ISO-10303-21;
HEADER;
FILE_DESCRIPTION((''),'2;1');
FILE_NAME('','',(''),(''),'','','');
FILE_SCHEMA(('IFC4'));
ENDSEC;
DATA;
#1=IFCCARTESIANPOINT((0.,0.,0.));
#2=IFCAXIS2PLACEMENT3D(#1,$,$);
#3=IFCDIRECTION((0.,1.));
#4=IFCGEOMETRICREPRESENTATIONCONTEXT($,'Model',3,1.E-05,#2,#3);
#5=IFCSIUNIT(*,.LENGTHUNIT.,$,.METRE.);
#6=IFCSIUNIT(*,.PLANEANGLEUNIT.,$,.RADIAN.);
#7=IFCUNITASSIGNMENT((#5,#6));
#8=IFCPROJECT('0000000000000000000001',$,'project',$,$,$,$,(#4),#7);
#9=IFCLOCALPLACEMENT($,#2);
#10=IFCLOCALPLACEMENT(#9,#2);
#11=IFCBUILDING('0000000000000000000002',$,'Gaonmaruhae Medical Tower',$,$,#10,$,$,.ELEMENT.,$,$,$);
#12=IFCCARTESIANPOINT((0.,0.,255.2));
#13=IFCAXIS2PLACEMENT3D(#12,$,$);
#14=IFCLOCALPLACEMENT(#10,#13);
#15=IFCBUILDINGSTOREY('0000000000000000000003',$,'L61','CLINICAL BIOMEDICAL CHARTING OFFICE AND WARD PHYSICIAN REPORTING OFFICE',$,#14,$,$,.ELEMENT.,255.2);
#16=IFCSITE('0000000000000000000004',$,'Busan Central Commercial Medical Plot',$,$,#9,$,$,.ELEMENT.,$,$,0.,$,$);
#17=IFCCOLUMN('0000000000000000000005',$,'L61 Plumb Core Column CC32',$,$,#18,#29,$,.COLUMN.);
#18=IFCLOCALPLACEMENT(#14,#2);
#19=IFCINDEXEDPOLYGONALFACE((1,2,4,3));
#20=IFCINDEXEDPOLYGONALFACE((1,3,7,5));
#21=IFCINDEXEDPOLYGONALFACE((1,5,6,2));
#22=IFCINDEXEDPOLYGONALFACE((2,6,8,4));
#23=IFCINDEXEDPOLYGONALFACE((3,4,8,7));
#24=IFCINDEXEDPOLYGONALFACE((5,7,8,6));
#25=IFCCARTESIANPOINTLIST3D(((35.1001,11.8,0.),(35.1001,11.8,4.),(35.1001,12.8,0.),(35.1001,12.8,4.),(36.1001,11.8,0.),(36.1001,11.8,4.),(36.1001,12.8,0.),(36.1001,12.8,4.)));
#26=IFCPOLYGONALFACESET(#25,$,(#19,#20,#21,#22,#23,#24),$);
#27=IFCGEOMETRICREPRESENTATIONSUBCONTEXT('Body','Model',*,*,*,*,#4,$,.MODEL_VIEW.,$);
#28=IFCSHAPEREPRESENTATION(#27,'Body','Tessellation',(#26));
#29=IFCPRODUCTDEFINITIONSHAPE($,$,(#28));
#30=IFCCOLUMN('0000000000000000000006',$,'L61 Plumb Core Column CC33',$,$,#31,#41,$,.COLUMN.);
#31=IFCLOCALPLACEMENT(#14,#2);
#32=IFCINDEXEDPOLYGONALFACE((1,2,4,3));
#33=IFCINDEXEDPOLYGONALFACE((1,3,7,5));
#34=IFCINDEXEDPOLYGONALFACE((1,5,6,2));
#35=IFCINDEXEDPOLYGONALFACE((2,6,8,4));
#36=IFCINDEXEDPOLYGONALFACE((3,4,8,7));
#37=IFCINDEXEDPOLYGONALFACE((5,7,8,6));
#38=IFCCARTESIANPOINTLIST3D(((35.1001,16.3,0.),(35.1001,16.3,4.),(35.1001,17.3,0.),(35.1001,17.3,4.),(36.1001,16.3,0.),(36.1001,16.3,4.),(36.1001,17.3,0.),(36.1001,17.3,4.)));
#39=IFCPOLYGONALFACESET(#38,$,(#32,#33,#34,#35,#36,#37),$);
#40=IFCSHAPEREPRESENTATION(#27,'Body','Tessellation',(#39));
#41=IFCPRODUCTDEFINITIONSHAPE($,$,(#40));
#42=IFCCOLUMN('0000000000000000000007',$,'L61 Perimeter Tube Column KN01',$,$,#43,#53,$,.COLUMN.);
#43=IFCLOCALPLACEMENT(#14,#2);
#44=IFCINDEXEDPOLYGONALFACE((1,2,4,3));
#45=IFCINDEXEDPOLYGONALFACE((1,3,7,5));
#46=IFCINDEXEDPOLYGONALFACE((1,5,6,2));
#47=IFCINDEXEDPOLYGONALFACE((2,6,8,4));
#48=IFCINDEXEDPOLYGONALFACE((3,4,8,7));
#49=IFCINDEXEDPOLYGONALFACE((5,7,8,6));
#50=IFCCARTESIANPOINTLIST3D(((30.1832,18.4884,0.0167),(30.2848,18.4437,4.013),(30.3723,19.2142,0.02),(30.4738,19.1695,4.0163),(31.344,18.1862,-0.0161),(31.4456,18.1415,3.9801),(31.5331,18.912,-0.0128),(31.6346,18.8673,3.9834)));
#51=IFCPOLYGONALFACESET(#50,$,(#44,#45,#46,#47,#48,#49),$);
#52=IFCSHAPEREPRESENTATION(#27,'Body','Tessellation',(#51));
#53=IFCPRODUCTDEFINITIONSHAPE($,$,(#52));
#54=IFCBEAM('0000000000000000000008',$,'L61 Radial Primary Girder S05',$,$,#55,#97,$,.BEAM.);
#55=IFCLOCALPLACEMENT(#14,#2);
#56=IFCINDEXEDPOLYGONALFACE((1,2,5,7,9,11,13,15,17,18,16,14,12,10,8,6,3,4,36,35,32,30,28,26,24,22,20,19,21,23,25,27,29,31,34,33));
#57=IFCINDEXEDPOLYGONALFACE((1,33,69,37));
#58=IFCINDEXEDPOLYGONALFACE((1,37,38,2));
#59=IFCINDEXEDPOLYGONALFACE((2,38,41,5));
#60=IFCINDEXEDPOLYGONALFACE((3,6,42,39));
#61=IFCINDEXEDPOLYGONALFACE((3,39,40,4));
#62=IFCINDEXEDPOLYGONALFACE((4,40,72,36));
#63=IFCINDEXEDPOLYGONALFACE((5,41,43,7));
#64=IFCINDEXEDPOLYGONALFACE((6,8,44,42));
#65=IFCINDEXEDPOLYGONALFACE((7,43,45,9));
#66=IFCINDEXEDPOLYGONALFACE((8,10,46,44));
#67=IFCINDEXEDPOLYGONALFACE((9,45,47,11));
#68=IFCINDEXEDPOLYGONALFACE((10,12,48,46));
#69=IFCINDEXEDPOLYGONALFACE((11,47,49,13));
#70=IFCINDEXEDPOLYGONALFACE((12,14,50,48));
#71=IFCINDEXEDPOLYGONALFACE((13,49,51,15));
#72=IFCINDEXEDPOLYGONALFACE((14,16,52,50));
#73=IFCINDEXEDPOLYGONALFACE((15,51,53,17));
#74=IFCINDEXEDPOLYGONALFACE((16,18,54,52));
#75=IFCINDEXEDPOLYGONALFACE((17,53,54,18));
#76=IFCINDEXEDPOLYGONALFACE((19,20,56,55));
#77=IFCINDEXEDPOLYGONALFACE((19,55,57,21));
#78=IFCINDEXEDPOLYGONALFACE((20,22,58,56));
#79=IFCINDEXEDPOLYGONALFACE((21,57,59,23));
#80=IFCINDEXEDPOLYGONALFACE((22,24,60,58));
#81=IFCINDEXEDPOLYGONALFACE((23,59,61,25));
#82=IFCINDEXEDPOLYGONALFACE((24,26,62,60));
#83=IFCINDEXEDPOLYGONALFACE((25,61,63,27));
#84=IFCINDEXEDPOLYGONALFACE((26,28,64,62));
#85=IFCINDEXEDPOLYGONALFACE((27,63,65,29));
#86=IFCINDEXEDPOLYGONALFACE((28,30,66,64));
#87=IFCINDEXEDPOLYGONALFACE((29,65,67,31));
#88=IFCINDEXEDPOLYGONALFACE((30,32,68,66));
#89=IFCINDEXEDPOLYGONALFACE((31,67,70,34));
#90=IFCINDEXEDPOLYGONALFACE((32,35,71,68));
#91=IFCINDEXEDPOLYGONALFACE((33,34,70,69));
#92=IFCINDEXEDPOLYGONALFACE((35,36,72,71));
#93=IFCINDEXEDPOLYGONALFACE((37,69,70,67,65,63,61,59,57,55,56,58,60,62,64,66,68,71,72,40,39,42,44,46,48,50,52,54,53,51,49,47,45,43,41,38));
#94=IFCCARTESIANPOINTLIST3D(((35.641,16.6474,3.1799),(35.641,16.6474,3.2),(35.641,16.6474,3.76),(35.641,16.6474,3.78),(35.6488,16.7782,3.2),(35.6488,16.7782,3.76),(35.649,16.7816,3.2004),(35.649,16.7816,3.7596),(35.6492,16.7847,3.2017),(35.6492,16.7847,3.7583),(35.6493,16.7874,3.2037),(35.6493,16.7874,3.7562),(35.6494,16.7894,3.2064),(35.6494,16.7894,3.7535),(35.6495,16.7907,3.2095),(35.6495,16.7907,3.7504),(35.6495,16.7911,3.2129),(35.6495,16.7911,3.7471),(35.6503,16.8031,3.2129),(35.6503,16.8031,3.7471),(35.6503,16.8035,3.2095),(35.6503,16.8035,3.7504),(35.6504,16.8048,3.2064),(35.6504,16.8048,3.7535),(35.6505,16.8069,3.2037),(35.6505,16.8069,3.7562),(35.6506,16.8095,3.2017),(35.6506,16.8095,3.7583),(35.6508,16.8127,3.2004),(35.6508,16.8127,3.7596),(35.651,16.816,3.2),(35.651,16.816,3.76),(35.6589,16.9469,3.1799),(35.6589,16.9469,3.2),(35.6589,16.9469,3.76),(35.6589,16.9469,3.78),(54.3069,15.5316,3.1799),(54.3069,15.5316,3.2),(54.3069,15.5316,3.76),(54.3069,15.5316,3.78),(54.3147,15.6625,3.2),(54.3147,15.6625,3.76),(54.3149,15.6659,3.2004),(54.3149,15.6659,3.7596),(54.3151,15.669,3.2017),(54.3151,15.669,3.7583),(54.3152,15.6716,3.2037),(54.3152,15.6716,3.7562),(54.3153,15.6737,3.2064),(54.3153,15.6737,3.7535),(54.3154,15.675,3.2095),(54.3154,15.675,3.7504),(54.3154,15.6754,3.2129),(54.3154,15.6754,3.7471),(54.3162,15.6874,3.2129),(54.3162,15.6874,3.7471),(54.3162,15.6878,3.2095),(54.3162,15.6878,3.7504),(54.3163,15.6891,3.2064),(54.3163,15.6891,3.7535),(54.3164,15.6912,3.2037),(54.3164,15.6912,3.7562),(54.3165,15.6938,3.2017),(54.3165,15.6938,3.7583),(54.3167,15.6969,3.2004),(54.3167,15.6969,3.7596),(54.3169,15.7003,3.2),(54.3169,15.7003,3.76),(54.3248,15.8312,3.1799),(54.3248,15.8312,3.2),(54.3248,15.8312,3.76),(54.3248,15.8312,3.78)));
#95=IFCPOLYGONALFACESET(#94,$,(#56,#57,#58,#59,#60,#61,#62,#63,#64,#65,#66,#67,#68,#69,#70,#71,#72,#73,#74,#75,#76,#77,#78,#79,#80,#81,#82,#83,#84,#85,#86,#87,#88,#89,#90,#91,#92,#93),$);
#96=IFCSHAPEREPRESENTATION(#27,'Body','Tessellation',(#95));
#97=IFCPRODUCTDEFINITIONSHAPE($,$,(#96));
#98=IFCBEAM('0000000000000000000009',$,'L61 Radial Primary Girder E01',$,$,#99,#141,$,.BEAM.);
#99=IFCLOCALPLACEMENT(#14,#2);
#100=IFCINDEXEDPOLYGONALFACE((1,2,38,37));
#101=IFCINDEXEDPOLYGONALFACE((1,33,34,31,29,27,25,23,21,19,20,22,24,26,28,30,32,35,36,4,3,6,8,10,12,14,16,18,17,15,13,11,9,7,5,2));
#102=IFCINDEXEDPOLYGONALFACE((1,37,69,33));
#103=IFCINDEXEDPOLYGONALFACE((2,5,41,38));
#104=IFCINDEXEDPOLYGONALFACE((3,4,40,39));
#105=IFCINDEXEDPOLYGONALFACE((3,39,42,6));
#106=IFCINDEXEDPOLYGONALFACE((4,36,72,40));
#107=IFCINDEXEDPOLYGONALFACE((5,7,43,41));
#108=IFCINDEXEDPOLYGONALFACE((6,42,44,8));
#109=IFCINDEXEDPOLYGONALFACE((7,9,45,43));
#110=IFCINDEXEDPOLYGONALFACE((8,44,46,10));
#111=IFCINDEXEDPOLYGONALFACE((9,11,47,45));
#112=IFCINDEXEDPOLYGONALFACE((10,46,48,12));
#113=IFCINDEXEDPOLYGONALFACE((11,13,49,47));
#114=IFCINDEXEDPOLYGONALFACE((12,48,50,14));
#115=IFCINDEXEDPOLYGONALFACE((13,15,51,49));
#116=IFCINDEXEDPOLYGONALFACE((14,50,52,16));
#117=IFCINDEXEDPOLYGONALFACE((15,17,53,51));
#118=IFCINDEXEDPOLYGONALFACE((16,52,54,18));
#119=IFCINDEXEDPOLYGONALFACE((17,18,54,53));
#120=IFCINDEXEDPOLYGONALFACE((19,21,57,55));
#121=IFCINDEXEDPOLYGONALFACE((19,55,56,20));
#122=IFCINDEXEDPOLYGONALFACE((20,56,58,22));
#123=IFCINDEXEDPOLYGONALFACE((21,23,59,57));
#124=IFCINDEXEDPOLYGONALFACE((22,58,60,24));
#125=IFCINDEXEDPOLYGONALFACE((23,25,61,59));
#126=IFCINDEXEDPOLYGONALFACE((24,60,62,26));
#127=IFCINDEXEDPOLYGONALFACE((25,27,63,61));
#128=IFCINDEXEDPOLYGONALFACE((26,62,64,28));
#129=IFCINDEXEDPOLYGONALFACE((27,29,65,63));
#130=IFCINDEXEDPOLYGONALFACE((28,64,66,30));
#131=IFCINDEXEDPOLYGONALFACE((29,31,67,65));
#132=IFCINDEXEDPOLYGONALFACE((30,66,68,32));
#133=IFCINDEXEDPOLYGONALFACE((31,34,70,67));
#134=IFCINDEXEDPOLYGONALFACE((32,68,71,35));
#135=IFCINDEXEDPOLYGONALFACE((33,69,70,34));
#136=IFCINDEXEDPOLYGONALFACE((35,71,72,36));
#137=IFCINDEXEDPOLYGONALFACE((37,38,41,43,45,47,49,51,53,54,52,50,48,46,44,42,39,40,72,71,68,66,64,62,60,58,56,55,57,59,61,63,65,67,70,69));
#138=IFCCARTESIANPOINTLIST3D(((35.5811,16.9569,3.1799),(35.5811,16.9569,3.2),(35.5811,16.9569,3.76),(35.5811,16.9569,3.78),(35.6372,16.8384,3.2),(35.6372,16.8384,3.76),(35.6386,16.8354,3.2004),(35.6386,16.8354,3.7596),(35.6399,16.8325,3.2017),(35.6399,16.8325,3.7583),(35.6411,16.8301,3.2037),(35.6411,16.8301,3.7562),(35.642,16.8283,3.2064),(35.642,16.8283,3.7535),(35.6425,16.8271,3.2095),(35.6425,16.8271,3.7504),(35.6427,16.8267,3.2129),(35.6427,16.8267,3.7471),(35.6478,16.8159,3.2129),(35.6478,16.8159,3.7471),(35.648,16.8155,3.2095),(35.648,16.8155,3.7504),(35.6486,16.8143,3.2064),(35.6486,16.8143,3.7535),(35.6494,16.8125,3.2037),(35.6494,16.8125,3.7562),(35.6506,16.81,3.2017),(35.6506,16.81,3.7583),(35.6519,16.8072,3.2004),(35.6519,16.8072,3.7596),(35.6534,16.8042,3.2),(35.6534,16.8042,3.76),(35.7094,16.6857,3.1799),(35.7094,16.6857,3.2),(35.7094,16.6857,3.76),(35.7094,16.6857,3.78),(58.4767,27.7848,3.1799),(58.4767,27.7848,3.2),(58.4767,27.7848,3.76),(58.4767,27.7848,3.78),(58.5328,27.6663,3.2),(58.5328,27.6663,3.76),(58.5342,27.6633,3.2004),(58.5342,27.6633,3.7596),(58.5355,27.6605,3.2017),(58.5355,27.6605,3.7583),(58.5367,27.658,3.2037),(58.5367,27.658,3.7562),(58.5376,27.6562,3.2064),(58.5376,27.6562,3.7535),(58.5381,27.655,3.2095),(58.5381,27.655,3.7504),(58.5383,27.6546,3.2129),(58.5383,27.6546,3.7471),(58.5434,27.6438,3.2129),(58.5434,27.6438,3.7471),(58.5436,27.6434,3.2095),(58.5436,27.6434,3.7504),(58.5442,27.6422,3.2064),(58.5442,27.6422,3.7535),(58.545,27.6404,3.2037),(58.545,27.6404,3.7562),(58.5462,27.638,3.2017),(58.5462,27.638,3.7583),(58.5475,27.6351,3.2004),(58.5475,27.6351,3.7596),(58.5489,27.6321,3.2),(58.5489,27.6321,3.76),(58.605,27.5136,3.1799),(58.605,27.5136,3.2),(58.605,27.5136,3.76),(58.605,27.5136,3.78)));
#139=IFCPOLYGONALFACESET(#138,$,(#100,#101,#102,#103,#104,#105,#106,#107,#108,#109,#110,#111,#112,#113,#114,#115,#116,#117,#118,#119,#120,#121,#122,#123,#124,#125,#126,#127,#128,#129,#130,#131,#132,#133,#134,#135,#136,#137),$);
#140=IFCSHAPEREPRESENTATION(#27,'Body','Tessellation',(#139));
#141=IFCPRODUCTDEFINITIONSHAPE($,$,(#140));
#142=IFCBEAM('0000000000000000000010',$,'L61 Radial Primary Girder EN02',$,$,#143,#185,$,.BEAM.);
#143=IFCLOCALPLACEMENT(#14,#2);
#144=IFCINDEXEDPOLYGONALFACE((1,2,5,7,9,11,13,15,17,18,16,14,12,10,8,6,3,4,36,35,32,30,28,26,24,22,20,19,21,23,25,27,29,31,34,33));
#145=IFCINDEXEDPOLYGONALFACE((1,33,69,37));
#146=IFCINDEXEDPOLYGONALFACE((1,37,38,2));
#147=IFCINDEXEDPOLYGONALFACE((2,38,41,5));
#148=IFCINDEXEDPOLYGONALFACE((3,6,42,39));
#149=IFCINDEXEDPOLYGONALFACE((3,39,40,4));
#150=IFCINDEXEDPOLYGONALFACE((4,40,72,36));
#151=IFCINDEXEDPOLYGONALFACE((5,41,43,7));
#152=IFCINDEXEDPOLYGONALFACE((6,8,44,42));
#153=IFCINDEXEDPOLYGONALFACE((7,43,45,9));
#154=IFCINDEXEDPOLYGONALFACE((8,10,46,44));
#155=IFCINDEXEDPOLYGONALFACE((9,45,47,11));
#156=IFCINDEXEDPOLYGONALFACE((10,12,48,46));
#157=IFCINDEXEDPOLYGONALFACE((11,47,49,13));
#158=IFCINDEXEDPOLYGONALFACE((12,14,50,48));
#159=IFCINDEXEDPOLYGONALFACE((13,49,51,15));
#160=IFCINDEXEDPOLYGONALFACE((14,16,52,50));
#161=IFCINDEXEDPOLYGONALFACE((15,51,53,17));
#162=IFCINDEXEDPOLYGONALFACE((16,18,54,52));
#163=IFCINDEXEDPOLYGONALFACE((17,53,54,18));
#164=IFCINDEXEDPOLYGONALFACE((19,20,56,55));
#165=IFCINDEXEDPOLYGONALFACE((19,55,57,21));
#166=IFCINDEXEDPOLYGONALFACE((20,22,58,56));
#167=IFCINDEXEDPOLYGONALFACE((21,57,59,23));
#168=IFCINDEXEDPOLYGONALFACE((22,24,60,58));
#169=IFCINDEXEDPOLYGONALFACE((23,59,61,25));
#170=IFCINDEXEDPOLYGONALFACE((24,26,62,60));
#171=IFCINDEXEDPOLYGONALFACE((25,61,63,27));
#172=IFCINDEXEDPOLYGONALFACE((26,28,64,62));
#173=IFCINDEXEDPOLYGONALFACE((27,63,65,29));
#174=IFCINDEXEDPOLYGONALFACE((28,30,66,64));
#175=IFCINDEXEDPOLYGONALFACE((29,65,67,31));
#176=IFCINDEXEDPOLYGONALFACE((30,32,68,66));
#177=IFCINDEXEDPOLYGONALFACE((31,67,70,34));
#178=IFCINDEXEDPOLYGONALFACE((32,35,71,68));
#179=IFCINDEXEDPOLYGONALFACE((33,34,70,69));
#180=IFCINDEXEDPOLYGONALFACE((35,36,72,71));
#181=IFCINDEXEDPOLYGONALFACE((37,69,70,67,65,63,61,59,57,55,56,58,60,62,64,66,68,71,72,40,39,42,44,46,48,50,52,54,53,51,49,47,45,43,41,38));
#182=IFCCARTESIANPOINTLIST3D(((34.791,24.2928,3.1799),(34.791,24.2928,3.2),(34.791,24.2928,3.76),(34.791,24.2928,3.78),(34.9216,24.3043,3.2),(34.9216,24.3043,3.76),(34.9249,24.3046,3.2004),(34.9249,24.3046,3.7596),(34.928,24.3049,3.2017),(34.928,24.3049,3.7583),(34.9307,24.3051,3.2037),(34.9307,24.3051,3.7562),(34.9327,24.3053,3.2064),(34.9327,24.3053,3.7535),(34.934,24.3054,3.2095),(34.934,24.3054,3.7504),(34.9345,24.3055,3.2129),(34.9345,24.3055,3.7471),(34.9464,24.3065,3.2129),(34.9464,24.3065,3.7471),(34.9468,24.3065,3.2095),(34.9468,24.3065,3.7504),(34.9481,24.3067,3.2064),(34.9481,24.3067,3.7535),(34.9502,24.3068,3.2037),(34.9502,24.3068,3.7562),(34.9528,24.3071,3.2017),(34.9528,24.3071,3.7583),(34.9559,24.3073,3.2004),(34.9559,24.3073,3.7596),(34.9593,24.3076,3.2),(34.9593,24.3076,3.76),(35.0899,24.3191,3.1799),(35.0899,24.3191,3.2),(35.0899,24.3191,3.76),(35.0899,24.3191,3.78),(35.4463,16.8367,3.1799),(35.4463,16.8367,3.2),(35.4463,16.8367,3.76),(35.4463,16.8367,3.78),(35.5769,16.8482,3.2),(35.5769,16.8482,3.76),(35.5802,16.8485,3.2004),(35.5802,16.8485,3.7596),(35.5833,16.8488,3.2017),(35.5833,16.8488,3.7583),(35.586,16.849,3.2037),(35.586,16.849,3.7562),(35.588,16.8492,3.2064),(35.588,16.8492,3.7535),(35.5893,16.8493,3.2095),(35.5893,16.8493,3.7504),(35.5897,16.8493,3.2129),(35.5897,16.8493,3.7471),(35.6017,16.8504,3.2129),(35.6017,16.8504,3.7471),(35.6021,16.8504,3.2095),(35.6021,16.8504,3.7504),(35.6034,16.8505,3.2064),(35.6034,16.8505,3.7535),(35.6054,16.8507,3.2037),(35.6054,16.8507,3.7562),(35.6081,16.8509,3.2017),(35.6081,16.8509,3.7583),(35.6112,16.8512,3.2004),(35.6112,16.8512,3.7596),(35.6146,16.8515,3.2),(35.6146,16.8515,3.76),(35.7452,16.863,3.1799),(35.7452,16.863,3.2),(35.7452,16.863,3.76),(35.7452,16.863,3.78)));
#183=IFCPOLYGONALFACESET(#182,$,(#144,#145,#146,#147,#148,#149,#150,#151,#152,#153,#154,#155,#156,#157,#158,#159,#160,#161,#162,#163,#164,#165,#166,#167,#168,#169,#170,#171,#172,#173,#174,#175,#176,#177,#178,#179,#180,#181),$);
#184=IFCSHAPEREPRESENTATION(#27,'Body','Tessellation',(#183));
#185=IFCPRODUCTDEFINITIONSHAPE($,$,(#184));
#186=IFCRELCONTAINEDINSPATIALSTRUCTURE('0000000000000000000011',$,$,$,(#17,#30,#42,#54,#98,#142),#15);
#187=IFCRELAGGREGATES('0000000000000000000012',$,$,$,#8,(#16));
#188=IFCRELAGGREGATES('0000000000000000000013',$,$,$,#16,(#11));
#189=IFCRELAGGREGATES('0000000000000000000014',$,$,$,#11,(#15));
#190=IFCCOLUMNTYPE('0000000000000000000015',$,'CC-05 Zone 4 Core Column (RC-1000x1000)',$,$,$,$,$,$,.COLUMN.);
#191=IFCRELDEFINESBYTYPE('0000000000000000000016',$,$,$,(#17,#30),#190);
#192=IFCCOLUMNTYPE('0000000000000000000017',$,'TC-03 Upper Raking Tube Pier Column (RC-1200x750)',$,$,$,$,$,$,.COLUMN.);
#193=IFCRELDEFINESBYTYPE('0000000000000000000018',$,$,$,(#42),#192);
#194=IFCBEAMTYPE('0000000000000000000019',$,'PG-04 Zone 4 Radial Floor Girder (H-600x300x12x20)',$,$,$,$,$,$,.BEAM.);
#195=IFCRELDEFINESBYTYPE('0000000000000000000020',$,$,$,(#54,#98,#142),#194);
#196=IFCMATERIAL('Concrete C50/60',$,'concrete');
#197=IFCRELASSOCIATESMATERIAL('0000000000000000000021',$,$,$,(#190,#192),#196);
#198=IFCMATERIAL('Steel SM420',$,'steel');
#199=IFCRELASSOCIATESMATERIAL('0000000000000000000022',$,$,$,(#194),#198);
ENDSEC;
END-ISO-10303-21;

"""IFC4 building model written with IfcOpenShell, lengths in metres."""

from ifc_helpers import new_model, si_unit, direction, frame, origin, origin_2d, place, context, subcontext, project, spatial, rectangle, i_section, extrude, material, material_profile, profile_set, type_object, element, save


model = new_model("IFC4")

# Units and contexts
model_context = context("Model", 3, precision=1e-05, world=origin(), true_north=direction((0.0, 1.0)))
body_context = subcontext(model_context, "Body", "Model", "MODEL_VIEW")
ifc_project = project(units=[si_unit("LENGTHUNIT", "METRE"), si_unit("PLANEANGLEUNIT", "RADIAN")], contexts=[model_context])

# Site, building, storey
site_placement = place(None, origin())
site = spatial("IfcSite", under=ifc_project, at=site_placement, Name="Busan Central Commercial Medical Plot", CompositionType="ELEMENT", RefElevation=0.0)
building_placement = place(site_placement, origin())
building = spatial("IfcBuilding", under=site, at=building_placement, Name="Gaonmaruhae Medical Tower", CompositionType="ELEMENT")
storey_placement = place(building_placement, frame((0.0, 0.0, 255.2)))
storey = spatial("IfcBuildingStorey", under=building, at=storey_placement, Name="L61", Description="CLINICAL BIOMEDICAL CHARTING OFFICE AND WARD PHYSICIAN REPORTING OFFICE", CompositionType="ELEMENT", Elevation=255.2)

# Columns
ifc_material_1 = material(Name="Concrete C50/60", Category="concrete")
ifc_material_profile_1 = material_profile(ifc_material_1, rectangle(XDim=1.0, YDim=1.0, at=origin_2d()), Name="RC-1000x1000")
ifc_profile_set_1 = profile_set([ifc_material_profile_1], Name="Concrete C50/60")
column_type_1 = type_object("IfcColumnType", Name="CC-05 Zone 4 Core Column (RC-1000x1000)", PredefinedType="COLUMN", material=ifc_profile_set_1)
for number, where, z_axis, x_axis, name in (
    (1, (35.6001, 12.3, 0.0), (0.0, 0.0, 1.0), (1.0, 0.0, 0.0), "L61 Plumb Core Column CC32"),
    (2, (35.6001, 16.8, 0.0), (0.0, 0.0, 1.0), (1.0, 0.0, 0.0), "L61 Plumb Core Column CC33"),
):
    element("IfcColumn", number, at=place(storey_placement, frame(where, z_axis=z_axis, x_axis=x_axis)), inside=storey, type_object=column_type_1, Name=name, PredefinedType="COLUMN", context=body_context, shape_type="SweptSolid", body=[
        extrude(rectangle(XDim=1.0, YDim=1.0, at=origin_2d()), origin(), (0.0, 0.0, 1.0), 4.0),
    ])
ifc_material_profile_2 = material_profile(ifc_material_1, rectangle(XDim=1.2, YDim=0.75, at=origin_2d()), Name="RC-1200x750")
ifc_profile_set_2 = profile_set([ifc_material_profile_2], Name="Concrete C50/60")
column_type_2 = type_object("IfcColumnType", Name="TC-03 Upper Raking Tube Pier Column (RC-1200x750)", PredefinedType="COLUMN", material=ifc_profile_set_2)
column_placement = place(storey_placement, frame((30.8582, 18.7002, 0.002), z_axis=(0.025404, -0.011175, 0.999615), x_axis=(-0.967384, 0.25183, 0.0274)))
element("IfcColumn", 3, at=column_placement, inside=storey, type_object=column_type_2, Name="L61 Perimeter Tube Column KN01", PredefinedType="COLUMN", context=body_context, shape_type="SweptSolid", body=[
    extrude(rectangle(XDim=1.2, YDim=0.75, at=origin_2d()), origin(), (0.0, 0.0, 1.0), 3.9978),
])

# Beams
ifc_material_2 = material(Name="Steel SM420", Category="steel")
ifc_material_profile_3 = material_profile(ifc_material_2, i_section(OverallWidth=0.3, OverallDepth=0.6001, WebThickness=0.012, FlangeThickness=0.02, FilletRadius=0.0129, at=origin_2d()), Name="H-600x300x12x20")
ifc_profile_set_3 = profile_set([ifc_material_profile_3], Name="Steel SM420")
beam_type_1 = type_object("IfcBeamType", Name="PG-04 Zone 4 Radial Floor Girder (H-600x300x12x20)", PredefinedType="BEAM", material=ifc_profile_set_3)
beam_1_placement = place(storey_placement, frame((35.6499, 16.7971, 3.48), z_axis=(0.998218, -0.059666, 0.0), x_axis=(0.059666, 0.998218, 0.0)))
element("IfcBeam", 4, at=beam_1_placement, inside=storey, type_object=beam_type_1, Name="L61 Radial Primary Girder S05", PredefinedType="BEAM", context=body_context, shape_type="SweptSolid", body=[
    extrude(i_section(OverallWidth=0.3, OverallDepth=0.6001, WebThickness=0.012, FlangeThickness=0.02, FilletRadius=0.0129, at=origin_2d()), origin(), (0.0, 0.0, 1.0), 18.6992),
])
beam_2_placement = place(storey_placement, frame((35.6453, 16.8213, 3.48), z_axis=(0.904003, 0.427526, 0.0), x_axis=(-0.427526, 0.904003, 0.0)))
element("IfcBeam", 5, at=beam_2_placement, inside=storey, type_object=beam_type_1, Name="L61 Radial Primary Girder E01", PredefinedType="BEAM", context=body_context, shape_type="SweptSolid", body=[
    extrude(i_section(OverallWidth=0.3, OverallDepth=0.6001, WebThickness=0.012, FlangeThickness=0.02, FilletRadius=0.0129, at=origin_2d()), origin(), (0.0, 0.0, 1.0), 25.3269),
])
beam_3_placement = place(storey_placement, frame((35.5957, 16.8499, 3.48), z_axis=(-0.087547, 0.99616, 0.0), x_axis=(-0.99616, -0.087547, 0.0)))
element("IfcBeam", 6, at=beam_3_placement, inside=storey, type_object=beam_type_1, Name="L61 Radial Primary Girder EN02", PredefinedType="BEAM", context=body_context, shape_type="SweptSolid", body=[
    extrude(i_section(OverallWidth=0.3, OverallDepth=0.6001, WebThickness=0.012, FlangeThickness=0.02, FilletRadius=0.0129, at=origin_2d()), origin(), (0.0, 0.0, 1.0), 7.4849),
])

save(model, "model.ifc")
